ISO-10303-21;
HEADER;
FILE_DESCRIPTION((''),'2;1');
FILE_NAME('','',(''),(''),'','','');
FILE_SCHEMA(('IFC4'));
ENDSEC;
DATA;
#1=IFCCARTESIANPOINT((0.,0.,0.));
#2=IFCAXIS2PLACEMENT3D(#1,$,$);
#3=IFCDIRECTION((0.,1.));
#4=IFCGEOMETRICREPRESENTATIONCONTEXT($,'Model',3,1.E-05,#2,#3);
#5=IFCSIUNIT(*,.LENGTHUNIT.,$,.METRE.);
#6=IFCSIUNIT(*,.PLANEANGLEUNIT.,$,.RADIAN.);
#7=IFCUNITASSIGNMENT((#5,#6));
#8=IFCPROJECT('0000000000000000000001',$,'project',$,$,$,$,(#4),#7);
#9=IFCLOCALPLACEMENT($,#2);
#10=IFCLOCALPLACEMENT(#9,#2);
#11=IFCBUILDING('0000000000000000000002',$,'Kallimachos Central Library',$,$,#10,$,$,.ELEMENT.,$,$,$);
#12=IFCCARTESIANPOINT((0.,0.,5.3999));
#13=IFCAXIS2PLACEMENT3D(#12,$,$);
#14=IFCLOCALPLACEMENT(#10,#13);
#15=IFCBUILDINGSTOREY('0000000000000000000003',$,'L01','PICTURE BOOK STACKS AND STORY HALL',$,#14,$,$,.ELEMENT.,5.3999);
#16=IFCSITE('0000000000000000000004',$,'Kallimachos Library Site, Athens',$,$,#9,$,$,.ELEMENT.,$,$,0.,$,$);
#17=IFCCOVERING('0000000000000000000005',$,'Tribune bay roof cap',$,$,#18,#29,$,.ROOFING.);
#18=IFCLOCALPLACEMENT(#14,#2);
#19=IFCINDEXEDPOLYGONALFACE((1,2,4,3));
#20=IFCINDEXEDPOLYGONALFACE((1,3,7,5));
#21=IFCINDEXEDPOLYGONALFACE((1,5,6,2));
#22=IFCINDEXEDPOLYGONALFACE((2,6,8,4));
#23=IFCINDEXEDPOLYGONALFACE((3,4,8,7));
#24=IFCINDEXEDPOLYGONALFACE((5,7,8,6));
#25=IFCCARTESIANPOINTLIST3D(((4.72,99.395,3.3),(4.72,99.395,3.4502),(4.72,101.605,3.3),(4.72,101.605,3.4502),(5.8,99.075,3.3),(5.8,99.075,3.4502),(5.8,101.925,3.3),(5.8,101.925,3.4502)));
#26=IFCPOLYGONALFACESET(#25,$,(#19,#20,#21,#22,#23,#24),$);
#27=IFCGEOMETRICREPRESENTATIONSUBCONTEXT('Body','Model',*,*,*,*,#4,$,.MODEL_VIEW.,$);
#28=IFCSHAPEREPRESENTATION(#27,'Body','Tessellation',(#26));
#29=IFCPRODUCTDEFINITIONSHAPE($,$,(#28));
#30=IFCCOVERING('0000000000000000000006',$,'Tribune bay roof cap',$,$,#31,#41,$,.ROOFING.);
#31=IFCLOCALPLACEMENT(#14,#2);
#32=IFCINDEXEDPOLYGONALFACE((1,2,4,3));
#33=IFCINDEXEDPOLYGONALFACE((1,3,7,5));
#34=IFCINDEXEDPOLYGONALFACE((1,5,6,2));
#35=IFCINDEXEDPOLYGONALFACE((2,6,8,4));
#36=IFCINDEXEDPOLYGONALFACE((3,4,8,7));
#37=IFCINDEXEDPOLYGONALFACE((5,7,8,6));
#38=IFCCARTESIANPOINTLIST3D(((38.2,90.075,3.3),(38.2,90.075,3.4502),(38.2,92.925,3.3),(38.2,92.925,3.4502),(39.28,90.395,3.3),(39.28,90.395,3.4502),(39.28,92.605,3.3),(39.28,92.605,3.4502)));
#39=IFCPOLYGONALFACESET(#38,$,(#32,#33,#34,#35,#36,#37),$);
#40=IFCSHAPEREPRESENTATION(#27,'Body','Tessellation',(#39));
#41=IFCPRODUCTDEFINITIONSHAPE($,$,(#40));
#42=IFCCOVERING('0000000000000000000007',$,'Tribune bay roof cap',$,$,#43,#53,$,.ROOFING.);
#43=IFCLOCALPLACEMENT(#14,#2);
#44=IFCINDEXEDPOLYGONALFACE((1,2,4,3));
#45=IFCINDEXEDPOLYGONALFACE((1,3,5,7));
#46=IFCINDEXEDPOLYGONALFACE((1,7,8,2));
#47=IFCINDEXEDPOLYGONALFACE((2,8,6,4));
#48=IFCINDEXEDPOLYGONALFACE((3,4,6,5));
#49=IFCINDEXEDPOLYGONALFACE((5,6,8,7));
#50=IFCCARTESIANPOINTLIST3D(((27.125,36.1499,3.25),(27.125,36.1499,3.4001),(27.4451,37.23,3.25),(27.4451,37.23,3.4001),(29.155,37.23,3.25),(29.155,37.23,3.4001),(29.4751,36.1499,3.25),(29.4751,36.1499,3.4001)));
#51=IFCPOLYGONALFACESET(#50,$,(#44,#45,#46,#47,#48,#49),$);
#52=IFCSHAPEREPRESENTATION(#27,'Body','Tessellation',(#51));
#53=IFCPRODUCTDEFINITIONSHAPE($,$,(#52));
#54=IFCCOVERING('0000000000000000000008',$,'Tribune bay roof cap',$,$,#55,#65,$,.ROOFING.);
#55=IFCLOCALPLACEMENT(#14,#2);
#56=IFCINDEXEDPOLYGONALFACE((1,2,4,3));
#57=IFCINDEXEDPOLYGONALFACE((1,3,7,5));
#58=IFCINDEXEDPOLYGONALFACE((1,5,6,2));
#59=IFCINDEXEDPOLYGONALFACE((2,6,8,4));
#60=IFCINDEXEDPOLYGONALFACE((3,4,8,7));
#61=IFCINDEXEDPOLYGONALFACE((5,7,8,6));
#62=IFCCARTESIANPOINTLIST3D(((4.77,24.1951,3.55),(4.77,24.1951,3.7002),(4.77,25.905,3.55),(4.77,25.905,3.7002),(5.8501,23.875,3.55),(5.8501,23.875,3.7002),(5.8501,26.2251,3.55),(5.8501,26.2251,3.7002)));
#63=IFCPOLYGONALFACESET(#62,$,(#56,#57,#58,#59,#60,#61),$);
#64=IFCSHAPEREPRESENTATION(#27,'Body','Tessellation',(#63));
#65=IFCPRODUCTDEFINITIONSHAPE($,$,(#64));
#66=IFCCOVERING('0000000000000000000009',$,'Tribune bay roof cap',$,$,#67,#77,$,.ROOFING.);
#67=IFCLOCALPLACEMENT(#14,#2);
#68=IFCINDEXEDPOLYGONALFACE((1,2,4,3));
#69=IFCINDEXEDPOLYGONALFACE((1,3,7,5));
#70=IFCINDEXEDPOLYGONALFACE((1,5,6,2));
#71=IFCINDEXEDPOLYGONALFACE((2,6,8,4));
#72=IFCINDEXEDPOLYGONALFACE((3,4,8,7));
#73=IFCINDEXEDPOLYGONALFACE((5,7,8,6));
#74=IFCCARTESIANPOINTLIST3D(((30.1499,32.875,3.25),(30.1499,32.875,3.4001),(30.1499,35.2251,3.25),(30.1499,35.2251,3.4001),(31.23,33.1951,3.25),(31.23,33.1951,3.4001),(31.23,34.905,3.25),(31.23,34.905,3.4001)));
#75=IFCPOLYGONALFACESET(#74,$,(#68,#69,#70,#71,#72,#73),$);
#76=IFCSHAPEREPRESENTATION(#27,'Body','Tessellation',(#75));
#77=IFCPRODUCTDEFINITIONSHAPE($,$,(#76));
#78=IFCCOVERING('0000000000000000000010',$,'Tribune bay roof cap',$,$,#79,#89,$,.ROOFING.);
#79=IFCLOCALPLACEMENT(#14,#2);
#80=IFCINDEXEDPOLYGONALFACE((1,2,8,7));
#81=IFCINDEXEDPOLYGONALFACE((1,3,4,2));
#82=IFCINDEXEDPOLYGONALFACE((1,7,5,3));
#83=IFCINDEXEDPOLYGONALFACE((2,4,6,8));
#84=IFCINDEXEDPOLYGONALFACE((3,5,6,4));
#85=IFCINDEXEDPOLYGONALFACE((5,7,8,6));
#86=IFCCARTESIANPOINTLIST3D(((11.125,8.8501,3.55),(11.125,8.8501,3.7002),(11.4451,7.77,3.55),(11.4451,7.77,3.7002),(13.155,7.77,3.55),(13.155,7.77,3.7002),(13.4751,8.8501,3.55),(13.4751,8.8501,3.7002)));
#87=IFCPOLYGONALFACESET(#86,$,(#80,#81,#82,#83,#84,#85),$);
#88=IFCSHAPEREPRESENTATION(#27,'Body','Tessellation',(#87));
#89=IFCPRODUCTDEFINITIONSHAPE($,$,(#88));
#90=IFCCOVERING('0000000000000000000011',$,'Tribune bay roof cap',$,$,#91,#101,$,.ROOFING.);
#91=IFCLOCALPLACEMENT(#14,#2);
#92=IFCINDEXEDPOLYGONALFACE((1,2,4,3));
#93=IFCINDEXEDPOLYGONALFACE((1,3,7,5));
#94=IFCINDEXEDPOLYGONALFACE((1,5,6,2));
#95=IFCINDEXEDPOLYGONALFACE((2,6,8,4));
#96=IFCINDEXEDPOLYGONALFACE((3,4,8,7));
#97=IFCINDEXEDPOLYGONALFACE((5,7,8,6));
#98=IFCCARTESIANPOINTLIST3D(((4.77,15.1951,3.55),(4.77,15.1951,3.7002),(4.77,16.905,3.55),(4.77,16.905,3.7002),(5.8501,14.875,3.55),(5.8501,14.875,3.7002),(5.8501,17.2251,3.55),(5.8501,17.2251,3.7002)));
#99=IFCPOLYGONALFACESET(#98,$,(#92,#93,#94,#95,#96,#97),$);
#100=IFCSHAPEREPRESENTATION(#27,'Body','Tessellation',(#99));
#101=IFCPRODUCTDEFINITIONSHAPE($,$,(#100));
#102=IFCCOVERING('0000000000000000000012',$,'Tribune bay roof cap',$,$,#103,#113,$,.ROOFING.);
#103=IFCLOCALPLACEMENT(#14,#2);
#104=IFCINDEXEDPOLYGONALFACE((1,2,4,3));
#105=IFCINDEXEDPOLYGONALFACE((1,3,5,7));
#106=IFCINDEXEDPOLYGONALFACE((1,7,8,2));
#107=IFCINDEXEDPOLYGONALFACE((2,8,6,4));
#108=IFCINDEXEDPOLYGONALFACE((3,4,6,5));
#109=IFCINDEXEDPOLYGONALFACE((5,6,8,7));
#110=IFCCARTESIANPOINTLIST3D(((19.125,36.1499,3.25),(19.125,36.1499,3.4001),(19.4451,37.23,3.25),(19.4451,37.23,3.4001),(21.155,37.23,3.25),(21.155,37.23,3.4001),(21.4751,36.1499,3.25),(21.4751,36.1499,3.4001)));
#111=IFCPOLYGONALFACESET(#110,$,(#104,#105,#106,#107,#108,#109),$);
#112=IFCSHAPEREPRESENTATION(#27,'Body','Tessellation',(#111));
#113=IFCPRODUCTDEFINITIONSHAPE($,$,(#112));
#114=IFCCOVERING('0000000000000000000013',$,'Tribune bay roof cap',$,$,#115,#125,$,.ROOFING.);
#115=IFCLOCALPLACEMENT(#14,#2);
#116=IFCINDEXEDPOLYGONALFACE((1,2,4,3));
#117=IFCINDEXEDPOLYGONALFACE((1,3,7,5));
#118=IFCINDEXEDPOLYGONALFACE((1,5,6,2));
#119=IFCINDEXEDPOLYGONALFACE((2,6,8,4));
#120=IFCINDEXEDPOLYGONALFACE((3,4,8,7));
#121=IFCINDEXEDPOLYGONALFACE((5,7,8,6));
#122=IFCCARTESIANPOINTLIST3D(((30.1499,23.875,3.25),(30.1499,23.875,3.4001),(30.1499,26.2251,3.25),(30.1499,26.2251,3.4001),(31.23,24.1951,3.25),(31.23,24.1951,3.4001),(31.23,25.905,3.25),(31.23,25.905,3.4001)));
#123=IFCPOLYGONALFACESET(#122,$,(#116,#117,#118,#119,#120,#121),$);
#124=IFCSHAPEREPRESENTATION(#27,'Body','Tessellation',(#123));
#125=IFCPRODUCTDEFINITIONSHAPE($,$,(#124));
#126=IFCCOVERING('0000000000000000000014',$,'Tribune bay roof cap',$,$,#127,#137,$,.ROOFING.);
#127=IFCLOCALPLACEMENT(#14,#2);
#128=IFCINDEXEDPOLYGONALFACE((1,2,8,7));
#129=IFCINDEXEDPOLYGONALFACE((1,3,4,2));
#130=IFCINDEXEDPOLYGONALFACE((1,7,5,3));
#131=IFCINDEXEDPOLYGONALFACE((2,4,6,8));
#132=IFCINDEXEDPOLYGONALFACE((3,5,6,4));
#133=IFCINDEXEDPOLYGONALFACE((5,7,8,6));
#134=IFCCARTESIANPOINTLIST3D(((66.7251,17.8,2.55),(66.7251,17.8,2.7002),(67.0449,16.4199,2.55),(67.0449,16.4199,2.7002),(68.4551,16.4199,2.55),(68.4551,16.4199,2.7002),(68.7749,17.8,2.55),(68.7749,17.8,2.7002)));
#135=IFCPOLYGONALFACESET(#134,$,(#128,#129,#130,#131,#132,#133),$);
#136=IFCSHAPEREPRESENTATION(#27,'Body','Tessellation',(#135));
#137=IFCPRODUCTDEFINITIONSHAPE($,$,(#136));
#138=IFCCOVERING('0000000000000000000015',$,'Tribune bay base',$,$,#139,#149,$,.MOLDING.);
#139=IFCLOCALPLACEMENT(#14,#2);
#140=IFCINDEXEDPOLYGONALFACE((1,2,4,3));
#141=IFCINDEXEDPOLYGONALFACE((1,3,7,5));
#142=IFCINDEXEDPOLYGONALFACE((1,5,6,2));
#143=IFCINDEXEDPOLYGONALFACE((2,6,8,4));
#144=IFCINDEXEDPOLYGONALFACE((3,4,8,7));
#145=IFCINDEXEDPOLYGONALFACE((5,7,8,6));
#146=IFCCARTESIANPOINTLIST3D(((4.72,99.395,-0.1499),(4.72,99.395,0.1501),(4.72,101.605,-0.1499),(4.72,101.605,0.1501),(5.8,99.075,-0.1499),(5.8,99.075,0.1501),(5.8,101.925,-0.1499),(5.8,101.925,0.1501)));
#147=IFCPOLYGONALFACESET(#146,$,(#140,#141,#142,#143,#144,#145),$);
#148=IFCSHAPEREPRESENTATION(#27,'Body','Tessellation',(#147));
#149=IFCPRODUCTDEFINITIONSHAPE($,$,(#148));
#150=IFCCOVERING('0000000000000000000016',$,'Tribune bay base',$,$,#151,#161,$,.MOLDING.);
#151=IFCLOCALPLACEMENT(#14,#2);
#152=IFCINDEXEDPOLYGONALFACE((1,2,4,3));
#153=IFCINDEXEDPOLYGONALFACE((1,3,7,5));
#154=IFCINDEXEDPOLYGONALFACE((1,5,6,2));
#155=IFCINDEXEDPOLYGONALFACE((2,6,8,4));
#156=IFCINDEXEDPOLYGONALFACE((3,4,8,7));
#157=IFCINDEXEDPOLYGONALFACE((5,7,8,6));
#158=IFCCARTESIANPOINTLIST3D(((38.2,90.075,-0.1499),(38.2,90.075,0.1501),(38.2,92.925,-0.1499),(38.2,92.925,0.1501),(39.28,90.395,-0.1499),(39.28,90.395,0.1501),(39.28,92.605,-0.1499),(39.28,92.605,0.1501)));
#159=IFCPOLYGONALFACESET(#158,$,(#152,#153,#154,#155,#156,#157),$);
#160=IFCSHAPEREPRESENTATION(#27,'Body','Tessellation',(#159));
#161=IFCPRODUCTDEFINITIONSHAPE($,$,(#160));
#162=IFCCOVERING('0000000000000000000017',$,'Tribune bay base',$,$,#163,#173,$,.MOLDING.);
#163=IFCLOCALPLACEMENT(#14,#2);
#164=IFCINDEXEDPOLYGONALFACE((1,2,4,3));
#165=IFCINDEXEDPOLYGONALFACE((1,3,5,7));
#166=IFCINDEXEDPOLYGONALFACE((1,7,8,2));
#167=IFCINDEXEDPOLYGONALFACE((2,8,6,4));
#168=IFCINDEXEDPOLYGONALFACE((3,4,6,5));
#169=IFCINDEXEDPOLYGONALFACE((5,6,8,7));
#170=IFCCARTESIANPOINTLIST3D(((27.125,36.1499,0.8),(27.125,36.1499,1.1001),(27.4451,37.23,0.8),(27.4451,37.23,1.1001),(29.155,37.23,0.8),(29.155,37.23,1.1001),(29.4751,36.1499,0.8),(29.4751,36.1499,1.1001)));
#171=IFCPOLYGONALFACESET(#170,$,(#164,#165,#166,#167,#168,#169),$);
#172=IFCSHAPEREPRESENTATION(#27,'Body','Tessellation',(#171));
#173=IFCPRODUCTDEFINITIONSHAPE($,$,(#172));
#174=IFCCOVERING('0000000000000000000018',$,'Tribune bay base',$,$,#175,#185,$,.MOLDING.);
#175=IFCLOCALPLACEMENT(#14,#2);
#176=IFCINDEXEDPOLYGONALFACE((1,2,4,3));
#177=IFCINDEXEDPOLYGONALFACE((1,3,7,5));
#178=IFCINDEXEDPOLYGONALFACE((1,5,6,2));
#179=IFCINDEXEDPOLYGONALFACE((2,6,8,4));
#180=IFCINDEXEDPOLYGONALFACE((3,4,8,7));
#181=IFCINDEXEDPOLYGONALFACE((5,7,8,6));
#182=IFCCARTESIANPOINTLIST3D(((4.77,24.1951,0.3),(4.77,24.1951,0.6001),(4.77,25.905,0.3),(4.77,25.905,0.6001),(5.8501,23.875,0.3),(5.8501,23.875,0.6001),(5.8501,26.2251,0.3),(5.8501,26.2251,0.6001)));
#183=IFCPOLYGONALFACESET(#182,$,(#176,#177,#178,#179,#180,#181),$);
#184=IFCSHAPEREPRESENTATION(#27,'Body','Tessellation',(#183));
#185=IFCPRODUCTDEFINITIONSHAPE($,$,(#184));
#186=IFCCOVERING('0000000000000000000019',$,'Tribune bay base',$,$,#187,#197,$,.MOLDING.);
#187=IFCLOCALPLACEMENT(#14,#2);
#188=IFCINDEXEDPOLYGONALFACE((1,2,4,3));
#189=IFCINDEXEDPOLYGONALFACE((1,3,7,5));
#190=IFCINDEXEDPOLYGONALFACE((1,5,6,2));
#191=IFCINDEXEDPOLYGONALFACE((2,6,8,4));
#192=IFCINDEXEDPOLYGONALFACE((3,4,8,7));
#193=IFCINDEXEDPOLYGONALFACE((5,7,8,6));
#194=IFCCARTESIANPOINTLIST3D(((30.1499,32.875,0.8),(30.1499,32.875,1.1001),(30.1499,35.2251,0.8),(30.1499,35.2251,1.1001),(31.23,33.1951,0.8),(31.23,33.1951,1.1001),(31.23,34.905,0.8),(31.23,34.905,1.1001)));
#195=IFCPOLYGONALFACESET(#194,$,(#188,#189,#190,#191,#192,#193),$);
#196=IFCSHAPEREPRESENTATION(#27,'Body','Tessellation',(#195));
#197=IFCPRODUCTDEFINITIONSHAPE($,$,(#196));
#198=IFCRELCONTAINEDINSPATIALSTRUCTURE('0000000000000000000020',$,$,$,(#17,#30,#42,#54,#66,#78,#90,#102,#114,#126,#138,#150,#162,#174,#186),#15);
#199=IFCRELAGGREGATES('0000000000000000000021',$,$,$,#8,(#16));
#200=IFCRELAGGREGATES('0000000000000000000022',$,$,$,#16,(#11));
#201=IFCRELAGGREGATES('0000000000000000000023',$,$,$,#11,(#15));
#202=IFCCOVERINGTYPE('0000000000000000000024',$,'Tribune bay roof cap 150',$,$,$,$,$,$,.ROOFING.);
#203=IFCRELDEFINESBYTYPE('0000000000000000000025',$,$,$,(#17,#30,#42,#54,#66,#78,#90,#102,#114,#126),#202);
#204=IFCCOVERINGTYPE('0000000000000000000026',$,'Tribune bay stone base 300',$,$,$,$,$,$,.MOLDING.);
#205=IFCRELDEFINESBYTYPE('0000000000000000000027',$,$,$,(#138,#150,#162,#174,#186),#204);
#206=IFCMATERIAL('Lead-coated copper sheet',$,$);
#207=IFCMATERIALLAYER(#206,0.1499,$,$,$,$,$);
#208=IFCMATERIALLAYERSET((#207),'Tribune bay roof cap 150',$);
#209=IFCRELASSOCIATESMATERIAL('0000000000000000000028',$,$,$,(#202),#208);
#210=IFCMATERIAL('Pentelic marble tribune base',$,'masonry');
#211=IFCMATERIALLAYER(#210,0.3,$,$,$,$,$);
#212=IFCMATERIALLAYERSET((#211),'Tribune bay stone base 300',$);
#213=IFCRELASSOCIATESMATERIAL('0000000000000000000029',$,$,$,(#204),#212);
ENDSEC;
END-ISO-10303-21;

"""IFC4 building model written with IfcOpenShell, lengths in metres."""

from ifc_helpers import new_model, si_unit, direction, frame, origin, place, context, subcontext, project, spatial, polyline, outline, extrude, material, layer, layer_set, type_object, element, save


model = new_model("IFC4")

# Units and contexts
model_context = context("Model", 3, precision=1e-05, world=origin(), true_north=direction((0.0, 1.0)))
body_context = subcontext(model_context, "Body", "Model", "MODEL_VIEW")
ifc_project = project(units=[si_unit("LENGTHUNIT", "METRE"), si_unit("PLANEANGLEUNIT", "RADIAN")], contexts=[model_context])

# Site, building, storey
site_placement = place(None, origin())
site = spatial("IfcSite", under=ifc_project, at=site_placement, Name="Kallimachos Library Site, Athens", CompositionType="ELEMENT", RefElevation=0.0)
building_placement = place(site_placement, origin())
building = spatial("IfcBuilding", under=site, at=building_placement, Name="Kallimachos Central Library", CompositionType="ELEMENT")
storey_placement = place(building_placement, frame((0.0, 0.0, 5.3999)))
storey = spatial("IfcBuildingStorey", under=building, at=storey_placement, Name="L01", Description="PICTURE BOOK STACKS AND STORY HALL", CompositionType="ELEMENT", Elevation=5.3999)

# Coverings
ifc_material_1 = material(Name="Lead-coated copper sheet")
ifc_layer_1 = layer(ifc_material_1, 0.1499)
ifc_layer_set_1 = layer_set([ifc_layer_1], Name="Tribune bay roof cap 150")
covering_type_1 = type_object("IfcCoveringType", Name="Tribune bay roof cap 150", PredefinedType="ROOFING", material=ifc_layer_set_1)
covering_1_placement = place(storey_placement, frame((0.0, 0.0, 3.3)))
element("IfcCovering", 1, at=covering_1_placement, inside=storey, type_object=covering_type_1, Name="Tribune bay roof cap", PredefinedType="ROOFING", context=body_context, shape_type="SweptSolid", body=[
    extrude(outline(polyline([(5.8, 99.075), (5.8, 101.925), (4.72, 101.605), (4.72, 99.395), (5.8, 99.075)])), origin(), (0.0, 0.0, 1.0), 0.1501),
])
covering_2_placement = place(storey_placement, frame((0.0, 0.0, 3.3)))
element("IfcCovering", 2, at=covering_2_placement, inside=storey, type_object=covering_type_1, Name="Tribune bay roof cap", PredefinedType="ROOFING", context=body_context, shape_type="SweptSolid", body=[
    extrude(outline(polyline([(38.2, 90.075), (38.2, 92.925), (39.28, 92.605), (39.28, 90.395), (38.2, 90.075)])), origin(), (0.0, 0.0, 1.0), 0.1501),
])
covering_3_placement = place(storey_placement, frame((0.0, 0.0, 3.25)))
element("IfcCovering", 3, at=covering_3_placement, inside=storey, type_object=covering_type_1, Name="Tribune bay roof cap", PredefinedType="ROOFING", context=body_context, shape_type="SweptSolid", body=[
    extrude(outline(polyline([(27.125, 36.1499), (29.4751, 36.1499), (29.155, 37.23), (27.4451, 37.23), (27.125, 36.1499)])), origin(), (0.0, 0.0, 1.0), 0.1501),
])
covering_4_placement = place(storey_placement, frame((0.0, 0.0, 3.55)))
element("IfcCovering", 4, at=covering_4_placement, inside=storey, type_object=covering_type_1, Name="Tribune bay roof cap", PredefinedType="ROOFING", context=body_context, shape_type="SweptSolid", body=[
    extrude(outline(polyline([(5.8501, 23.875), (5.8501, 26.2251), (4.77, 25.905), (4.77, 24.1951), (5.8501, 23.875)])), origin(), (0.0, 0.0, 1.0), 0.1501),
])
covering_5_placement = place(storey_placement, frame((0.0, 0.0, 3.25)))
element("IfcCovering", 5, at=covering_5_placement, inside=storey, type_object=covering_type_1, Name="Tribune bay roof cap", PredefinedType="ROOFING", context=body_context, shape_type="SweptSolid", body=[
    extrude(outline(polyline([(30.1499, 32.875), (30.1499, 35.2251), (31.23, 34.905), (31.23, 33.1951), (30.1499, 32.875)])), origin(), (0.0, 0.0, 1.0), 0.1501),
])
covering_6_placement = place(storey_placement, frame((0.0, 0.0, 3.55)))
element("IfcCovering", 6, at=covering_6_placement, inside=storey, type_object=covering_type_1, Name="Tribune bay roof cap", PredefinedType="ROOFING", context=body_context, shape_type="SweptSolid", body=[
    extrude(outline(polyline([(11.125, 8.8501), (13.4751, 8.8501), (13.155, 7.77), (11.4451, 7.77), (11.125, 8.8501)])), origin(), (0.0, 0.0, 1.0), 0.1501),
])
covering_7_placement = place(storey_placement, frame((0.0, 0.0, 3.55)))
element("IfcCovering", 7, at=covering_7_placement, inside=storey, type_object=covering_type_1, Name="Tribune bay roof cap", PredefinedType="ROOFING", context=body_context, shape_type="SweptSolid", body=[
    extrude(outline(polyline([(5.8501, 14.875), (5.8501, 17.2251), (4.77, 16.905), (4.77, 15.1951), (5.8501, 14.875)])), origin(), (0.0, 0.0, 1.0), 0.1501),
])
covering_8_placement = place(storey_placement, frame((0.0, 0.0, 3.25)))
element("IfcCovering", 8, at=covering_8_placement, inside=storey, type_object=covering_type_1, Name="Tribune bay roof cap", PredefinedType="ROOFING", context=body_context, shape_type="SweptSolid", body=[
    extrude(outline(polyline([(19.125, 36.1499), (21.4751, 36.1499), (21.155, 37.23), (19.4451, 37.23), (19.125, 36.1499)])), origin(), (0.0, 0.0, 1.0), 0.1501),
])
covering_9_placement = place(storey_placement, frame((0.0, 0.0, 3.25)))
element("IfcCovering", 9, at=covering_9_placement, inside=storey, type_object=covering_type_1, Name="Tribune bay roof cap", PredefinedType="ROOFING", context=body_context, shape_type="SweptSolid", body=[
    extrude(outline(polyline([(30.1499, 23.875), (30.1499, 26.2251), (31.23, 25.905), (31.23, 24.1951), (30.1499, 23.875)])), origin(), (0.0, 0.0, 1.0), 0.1501),
])
covering_10_placement = place(storey_placement, frame((0.0, 0.0, 2.55)))
element("IfcCovering", 10, at=covering_10_placement, inside=storey, type_object=covering_type_1, Name="Tribune bay roof cap", PredefinedType="ROOFING", context=body_context, shape_type="SweptSolid", body=[
    extrude(outline(polyline([(66.7251, 17.8), (68.7749, 17.8), (68.4551, 16.4199), (67.0449, 16.4199), (66.7251, 17.8)])), origin(), (0.0, 0.0, 1.0), 0.1501),
])
ifc_material_2 = material(Name="Pentelic marble tribune base", Category="masonry")
ifc_layer_2 = layer(ifc_material_2, 0.3)
ifc_layer_set_2 = layer_set([ifc_layer_2], Name="Tribune bay stone base 300")
covering_type_2 = type_object("IfcCoveringType", Name="Tribune bay stone base 300", PredefinedType="MOLDING", material=ifc_layer_set_2)
covering_11_placement = place(storey_placement, frame((0.0, 0.0, -0.1499)))
element("IfcCovering", 11, at=covering_11_placement, inside=storey, type_object=covering_type_2, Name="Tribune bay base", PredefinedType="MOLDING", context=body_context, shape_type="SweptSolid", body=[
    extrude(outline(polyline([(5.8, 99.075), (5.8, 101.925), (4.72, 101.605), (4.72, 99.395), (5.8, 99.075)])), origin(), (0.0, 0.0, 1.0), 0.3),
])
covering_12_placement = place(storey_placement, frame((0.0, 0.0, -0.1499)))
element("IfcCovering", 12, at=covering_12_placement, inside=storey, type_object=covering_type_2, Name="Tribune bay base", PredefinedType="MOLDING", context=body_context, shape_type="SweptSolid", body=[
    extrude(outline(polyline([(38.2, 90.075), (38.2, 92.925), (39.28, 92.605), (39.28, 90.395), (38.2, 90.075)])), origin(), (0.0, 0.0, 1.0), 0.3),
])
covering_13_placement = place(storey_placement, frame((0.0, 0.0, 0.8)))
element("IfcCovering", 13, at=covering_13_placement, inside=storey, type_object=covering_type_2, Name="Tribune bay base", PredefinedType="MOLDING", context=body_context, shape_type="SweptSolid", body=[
    extrude(outline(polyline([(27.125, 36.1499), (29.4751, 36.1499), (29.155, 37.23), (27.4451, 37.23), (27.125, 36.1499)])), origin(), (0.0, 0.0, 1.0), 0.3),
])
covering_14_placement = place(storey_placement, frame((0.0, 0.0, 0.3)))
element("IfcCovering", 14, at=covering_14_placement, inside=storey, type_object=covering_type_2, Name="Tribune bay base", PredefinedType="MOLDING", context=body_context, shape_type="SweptSolid", body=[
    extrude(outline(polyline([(5.8501, 23.875), (5.8501, 26.2251), (4.77, 25.905), (4.77, 24.1951), (5.8501, 23.875)])), origin(), (0.0, 0.0, 1.0), 0.3),
])
covering_15_placement = place(storey_placement, frame((0.0, 0.0, 0.8)))
element("IfcCovering", 15, at=covering_15_placement, inside=storey, type_object=covering_type_2, Name="Tribune bay base", PredefinedType="MOLDING", context=body_context, shape_type="SweptSolid", body=[
    extrude(outline(polyline([(30.1499, 32.875), (30.1499, 35.2251), (31.23, 34.905), (31.23, 33.1951), (30.1499, 32.875)])), origin(), (0.0, 0.0, 1.0), 0.3),
])

save(model, "model.ifc")
